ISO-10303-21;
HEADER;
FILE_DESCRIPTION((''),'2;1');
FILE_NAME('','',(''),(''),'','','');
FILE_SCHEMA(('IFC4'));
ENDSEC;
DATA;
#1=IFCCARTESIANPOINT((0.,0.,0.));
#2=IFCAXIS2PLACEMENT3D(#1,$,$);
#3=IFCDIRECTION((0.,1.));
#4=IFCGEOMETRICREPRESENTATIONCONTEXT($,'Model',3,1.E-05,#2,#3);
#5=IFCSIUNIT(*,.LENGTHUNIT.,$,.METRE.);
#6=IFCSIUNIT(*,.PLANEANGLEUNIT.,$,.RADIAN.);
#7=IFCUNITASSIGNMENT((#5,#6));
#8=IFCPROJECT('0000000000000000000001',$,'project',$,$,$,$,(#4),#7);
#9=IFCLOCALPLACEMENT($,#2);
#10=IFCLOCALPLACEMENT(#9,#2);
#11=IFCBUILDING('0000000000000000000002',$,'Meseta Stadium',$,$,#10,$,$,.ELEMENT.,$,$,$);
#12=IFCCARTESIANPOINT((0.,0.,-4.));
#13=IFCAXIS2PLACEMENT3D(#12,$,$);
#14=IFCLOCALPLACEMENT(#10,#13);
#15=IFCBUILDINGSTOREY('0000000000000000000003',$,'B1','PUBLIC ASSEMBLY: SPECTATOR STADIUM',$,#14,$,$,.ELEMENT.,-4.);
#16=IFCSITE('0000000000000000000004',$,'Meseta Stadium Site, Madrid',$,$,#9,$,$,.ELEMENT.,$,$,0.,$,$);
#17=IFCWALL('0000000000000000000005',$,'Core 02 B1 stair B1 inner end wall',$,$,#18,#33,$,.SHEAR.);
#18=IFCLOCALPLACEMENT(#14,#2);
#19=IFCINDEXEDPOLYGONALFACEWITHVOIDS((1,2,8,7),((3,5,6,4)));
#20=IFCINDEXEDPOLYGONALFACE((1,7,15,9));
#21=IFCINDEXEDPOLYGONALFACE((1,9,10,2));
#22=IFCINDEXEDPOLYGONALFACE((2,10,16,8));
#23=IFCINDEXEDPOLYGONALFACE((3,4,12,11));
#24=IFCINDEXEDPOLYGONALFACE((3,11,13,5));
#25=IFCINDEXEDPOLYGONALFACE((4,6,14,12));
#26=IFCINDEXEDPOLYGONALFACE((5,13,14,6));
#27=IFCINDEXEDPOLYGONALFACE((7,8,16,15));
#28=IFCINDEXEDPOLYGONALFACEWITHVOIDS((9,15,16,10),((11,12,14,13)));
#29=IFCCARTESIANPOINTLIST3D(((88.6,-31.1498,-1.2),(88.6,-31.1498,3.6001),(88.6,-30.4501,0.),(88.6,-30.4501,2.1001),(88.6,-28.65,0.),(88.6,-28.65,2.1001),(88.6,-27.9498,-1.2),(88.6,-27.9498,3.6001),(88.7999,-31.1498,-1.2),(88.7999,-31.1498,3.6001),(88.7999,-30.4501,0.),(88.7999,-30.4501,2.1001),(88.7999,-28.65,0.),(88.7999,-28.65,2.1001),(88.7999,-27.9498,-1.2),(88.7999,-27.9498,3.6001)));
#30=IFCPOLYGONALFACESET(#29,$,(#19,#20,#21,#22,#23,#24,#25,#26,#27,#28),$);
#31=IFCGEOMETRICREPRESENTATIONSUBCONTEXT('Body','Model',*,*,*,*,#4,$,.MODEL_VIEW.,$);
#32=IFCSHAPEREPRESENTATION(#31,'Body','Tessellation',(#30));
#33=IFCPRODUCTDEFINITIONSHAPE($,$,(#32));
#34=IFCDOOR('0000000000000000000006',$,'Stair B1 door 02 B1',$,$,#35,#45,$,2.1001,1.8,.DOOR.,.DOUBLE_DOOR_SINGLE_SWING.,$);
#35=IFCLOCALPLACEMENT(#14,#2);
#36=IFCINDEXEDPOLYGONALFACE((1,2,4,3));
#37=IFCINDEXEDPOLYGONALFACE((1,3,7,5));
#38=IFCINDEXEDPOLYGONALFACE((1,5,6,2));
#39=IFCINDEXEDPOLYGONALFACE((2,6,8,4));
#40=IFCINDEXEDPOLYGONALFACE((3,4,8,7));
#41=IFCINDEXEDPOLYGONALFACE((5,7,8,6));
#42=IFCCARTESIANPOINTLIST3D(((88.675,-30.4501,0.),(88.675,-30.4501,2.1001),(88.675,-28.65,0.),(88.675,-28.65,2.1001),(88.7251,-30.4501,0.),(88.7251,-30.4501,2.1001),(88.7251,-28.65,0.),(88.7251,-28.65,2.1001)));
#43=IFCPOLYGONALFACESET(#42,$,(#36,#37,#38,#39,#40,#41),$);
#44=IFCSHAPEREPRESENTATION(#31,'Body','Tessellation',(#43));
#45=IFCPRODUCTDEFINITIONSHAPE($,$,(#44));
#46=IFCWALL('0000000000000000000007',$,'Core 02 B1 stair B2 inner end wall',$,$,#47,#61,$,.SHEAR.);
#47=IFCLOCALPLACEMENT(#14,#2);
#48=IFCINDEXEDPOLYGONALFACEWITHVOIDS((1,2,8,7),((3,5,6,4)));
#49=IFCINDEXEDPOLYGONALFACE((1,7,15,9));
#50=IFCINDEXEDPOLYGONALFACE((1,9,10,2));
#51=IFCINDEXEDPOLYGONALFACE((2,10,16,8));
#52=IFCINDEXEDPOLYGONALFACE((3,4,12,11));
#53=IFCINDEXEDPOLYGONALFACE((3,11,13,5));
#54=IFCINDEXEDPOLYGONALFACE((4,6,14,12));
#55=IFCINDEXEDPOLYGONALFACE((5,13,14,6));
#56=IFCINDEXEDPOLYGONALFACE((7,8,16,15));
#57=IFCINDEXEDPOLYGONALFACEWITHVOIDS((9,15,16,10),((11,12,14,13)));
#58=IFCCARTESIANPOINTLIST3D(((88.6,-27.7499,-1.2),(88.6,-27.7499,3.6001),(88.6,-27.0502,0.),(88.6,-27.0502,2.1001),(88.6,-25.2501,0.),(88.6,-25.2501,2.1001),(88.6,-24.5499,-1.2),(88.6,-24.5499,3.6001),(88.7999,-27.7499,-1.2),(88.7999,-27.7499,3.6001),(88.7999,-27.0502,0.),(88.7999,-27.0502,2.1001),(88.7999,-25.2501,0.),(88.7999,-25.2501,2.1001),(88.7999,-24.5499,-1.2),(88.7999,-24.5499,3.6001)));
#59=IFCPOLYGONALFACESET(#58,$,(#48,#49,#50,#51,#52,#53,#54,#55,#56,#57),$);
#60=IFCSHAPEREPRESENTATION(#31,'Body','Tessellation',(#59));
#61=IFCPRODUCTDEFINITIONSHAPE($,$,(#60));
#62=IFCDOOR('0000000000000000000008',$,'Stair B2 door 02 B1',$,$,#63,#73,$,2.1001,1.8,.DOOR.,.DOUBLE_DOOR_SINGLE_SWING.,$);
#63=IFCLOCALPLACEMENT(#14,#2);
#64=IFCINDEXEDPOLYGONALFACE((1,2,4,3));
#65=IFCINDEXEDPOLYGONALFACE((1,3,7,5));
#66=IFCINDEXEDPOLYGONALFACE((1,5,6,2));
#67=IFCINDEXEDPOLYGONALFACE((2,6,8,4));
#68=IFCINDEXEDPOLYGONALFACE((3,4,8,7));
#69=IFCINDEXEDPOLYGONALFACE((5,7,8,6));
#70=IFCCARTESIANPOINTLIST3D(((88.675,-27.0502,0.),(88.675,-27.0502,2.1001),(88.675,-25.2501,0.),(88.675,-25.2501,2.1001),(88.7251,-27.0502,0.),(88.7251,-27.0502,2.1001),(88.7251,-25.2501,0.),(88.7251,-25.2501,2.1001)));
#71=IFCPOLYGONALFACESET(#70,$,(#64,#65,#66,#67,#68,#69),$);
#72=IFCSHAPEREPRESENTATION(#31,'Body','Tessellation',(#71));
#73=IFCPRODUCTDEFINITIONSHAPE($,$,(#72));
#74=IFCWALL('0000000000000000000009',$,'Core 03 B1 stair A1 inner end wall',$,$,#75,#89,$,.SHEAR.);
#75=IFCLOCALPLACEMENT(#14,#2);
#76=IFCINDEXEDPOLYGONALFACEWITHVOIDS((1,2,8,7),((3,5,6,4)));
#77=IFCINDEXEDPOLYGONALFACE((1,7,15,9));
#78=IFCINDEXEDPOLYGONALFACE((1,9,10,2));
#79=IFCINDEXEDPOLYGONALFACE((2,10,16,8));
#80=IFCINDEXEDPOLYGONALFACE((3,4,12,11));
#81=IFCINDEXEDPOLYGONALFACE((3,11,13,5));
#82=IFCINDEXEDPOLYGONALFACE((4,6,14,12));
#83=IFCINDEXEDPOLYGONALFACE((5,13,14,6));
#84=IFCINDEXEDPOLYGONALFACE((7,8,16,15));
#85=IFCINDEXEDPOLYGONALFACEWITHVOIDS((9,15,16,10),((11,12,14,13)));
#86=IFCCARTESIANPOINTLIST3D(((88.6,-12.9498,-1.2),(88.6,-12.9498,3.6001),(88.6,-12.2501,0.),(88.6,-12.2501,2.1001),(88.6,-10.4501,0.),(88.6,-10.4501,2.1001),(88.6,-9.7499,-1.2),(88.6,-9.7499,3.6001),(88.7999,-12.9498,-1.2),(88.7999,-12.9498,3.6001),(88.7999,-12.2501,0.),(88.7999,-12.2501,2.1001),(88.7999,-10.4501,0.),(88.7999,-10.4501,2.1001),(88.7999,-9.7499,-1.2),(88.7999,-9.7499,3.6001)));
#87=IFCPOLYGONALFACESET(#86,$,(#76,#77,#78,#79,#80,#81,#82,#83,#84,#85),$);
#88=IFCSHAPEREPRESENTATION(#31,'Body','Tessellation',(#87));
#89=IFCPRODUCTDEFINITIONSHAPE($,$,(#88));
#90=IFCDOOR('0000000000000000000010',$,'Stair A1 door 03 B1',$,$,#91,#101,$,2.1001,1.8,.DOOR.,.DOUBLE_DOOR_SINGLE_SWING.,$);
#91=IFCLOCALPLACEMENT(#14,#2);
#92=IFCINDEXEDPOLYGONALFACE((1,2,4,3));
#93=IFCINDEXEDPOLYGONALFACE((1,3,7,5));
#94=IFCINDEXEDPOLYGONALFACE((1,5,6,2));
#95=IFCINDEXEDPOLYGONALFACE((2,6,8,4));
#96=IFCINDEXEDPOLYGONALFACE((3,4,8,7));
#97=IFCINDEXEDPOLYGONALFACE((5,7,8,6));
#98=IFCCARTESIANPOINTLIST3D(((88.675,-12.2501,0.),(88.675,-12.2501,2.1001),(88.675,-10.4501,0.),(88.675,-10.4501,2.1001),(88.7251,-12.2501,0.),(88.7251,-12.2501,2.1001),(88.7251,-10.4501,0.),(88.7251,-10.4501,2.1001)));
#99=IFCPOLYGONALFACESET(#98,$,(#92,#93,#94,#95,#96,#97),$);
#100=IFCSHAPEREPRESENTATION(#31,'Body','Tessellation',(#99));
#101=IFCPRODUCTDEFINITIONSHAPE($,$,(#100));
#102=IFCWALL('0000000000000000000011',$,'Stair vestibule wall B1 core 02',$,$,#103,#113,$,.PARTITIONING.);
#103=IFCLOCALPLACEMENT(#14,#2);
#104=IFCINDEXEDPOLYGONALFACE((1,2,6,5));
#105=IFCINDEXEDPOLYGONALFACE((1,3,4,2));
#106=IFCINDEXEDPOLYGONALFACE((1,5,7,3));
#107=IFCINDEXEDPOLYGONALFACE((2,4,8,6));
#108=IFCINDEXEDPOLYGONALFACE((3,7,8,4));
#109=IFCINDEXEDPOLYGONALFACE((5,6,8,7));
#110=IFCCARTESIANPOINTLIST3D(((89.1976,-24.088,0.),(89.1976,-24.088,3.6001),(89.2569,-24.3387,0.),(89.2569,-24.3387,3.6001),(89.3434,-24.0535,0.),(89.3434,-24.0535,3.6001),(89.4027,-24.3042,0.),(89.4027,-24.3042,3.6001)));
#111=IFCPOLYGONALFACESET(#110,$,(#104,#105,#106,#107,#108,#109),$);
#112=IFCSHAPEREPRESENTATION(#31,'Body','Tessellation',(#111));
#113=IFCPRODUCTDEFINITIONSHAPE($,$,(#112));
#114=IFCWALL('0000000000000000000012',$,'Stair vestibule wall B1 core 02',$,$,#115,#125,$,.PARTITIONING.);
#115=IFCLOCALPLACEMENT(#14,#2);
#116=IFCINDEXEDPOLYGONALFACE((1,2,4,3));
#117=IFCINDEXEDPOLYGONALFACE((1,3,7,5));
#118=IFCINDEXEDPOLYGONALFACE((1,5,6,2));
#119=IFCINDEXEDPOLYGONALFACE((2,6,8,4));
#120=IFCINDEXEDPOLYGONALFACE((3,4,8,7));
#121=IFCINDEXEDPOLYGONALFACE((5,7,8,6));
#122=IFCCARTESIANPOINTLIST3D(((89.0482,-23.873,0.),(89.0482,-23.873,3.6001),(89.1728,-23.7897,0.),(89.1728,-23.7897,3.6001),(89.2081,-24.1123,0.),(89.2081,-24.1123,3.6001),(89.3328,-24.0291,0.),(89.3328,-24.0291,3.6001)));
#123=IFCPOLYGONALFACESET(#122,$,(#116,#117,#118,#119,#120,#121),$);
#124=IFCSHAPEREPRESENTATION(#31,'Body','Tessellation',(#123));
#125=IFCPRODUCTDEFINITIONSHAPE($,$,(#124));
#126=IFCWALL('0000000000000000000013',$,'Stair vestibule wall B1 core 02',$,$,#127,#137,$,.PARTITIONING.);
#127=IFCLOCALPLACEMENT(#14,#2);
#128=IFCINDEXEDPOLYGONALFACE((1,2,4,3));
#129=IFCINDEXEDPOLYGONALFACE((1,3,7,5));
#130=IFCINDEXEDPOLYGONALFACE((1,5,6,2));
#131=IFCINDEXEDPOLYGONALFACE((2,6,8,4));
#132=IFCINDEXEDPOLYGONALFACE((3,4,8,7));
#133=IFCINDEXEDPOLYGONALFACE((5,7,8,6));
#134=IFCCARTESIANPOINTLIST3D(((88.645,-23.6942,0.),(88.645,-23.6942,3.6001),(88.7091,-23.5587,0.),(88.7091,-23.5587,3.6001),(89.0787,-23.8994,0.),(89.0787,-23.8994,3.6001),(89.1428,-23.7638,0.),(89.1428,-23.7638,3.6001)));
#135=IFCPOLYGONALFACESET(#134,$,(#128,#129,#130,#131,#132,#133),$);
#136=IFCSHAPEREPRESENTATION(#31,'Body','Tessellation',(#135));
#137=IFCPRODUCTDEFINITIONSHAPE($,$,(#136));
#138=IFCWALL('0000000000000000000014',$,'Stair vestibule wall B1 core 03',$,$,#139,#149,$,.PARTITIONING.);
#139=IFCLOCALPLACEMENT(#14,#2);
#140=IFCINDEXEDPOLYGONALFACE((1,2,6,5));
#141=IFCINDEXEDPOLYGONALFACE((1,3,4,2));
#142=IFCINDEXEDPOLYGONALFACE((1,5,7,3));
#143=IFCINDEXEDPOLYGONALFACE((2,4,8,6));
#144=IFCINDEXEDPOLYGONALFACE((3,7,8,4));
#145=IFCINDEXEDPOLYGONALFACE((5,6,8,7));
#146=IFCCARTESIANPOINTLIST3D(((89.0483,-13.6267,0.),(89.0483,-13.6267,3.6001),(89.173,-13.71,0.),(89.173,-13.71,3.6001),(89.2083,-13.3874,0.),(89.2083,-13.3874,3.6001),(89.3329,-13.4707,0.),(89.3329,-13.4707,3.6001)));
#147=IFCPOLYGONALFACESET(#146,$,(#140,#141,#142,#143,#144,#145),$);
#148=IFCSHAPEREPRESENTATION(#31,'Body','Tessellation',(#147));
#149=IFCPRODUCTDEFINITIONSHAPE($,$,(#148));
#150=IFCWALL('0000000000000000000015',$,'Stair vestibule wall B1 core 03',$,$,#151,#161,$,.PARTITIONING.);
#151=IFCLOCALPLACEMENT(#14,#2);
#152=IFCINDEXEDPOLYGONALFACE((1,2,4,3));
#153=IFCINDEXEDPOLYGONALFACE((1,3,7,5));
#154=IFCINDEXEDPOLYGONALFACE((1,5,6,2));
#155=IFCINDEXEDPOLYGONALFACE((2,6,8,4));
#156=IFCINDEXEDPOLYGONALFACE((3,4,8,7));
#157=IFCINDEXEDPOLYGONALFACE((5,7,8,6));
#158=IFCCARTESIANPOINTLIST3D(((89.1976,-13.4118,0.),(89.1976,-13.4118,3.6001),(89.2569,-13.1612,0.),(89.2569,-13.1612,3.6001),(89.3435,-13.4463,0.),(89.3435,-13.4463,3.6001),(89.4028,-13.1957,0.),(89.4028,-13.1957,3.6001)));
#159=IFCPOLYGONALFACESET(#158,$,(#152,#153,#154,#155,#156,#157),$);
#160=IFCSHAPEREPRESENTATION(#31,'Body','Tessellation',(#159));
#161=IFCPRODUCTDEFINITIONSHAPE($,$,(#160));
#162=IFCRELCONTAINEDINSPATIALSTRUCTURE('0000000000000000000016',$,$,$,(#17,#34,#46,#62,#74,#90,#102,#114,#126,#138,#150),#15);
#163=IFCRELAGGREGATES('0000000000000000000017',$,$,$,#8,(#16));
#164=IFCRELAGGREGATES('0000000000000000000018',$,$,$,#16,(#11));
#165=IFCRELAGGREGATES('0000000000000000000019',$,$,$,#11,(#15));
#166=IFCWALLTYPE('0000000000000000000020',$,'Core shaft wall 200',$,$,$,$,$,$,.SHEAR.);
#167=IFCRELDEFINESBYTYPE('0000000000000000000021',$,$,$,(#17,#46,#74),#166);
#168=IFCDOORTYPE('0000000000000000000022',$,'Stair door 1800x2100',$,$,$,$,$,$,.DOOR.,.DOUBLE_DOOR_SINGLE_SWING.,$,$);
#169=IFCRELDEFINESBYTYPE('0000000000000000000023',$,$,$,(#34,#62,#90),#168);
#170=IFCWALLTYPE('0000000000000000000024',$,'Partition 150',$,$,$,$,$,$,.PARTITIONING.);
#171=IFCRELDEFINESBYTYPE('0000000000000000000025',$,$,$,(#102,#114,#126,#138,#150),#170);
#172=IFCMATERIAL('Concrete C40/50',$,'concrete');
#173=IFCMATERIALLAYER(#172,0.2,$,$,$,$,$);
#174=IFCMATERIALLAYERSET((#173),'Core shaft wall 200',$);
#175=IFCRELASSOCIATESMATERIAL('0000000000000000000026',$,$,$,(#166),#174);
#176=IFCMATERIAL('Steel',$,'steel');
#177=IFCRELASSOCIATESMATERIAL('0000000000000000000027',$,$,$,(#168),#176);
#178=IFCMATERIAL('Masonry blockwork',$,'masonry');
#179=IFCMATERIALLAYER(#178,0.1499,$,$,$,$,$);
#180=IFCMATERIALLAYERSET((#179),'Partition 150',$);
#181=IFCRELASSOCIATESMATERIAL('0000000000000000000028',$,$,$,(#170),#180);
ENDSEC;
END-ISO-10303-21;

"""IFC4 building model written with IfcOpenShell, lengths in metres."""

from ifc_helpers import new_model, si_unit, direction, frame, frame_2d, origin, place, context, subcontext, project, spatial, rectangle, extrude, material, layer, layer_set, type_object, element, fill, save


model = new_model("IFC4")

# Units and contexts
model_context = context("Model", 3, precision=1e-05, world=origin(), true_north=direction((0.0, 1.0)))
body_context = subcontext(model_context, "Body", "Model", "MODEL_VIEW")
ifc_project = project(units=[si_unit("LENGTHUNIT", "METRE"), si_unit("PLANEANGLEUNIT", "RADIAN")], contexts=[model_context])

# Site, building, storey
site_placement = place(None, origin())
site = spatial("IfcSite", under=ifc_project, at=site_placement, Name="Meseta Stadium Site, Madrid", CompositionType="ELEMENT", RefElevation=0.0)
building_placement = place(site_placement, origin())
building = spatial("IfcBuilding", under=site, at=building_placement, Name="Meseta Stadium", CompositionType="ELEMENT")
storey_placement = place(building_placement, frame((0.0, 0.0, -4.0)))
storey = spatial("IfcBuildingStorey", under=building, at=storey_placement, Name="B1", Description="PUBLIC ASSEMBLY: SPECTATOR STADIUM", CompositionType="ELEMENT", Elevation=-4.0)

# Walls, openings, doors
ifc_material_1 = material(Name="Concrete C40/50", Category="concrete")
ifc_layer_1 = layer(ifc_material_1, 0.2)
ifc_layer_set_1 = layer_set([ifc_layer_1], Name="Core shaft wall 200")
wall_type_1 = type_object("IfcWallType", Name="Core shaft wall 200", PredefinedType="SHEAR", material=ifc_layer_set_1)
wall_1_placement = place(storey_placement, frame((88.7, -31.1499, -1.2), z_axis=(0.0, 0.0, 1.0), x_axis=(0.0, 1.0, 0.0)))
wall_1 = element("IfcWall", 1, at=wall_1_placement, inside=storey, type_object=wall_type_1, Name="Core 02 B1 stair B1 inner end wall", PredefinedType="SHEAR", context=body_context, shape_type="SweptSolid", body=[
    extrude(rectangle(XDim=3.2, YDim=0.2, at=frame_2d((1.6001, 0.0))), origin(), (0.0, 0.0, 1.0), 4.8),
])
opening_1_placement = place(wall_1_placement, frame((0.7, 0.0, 1.2)))
opening_1 = element("IfcOpeningElement", 2, at=opening_1_placement, cuts=wall_1, PredefinedType="OPENING", context=body_context, shape_type="SweptSolid", body=[
    extrude(rectangle(XDim=1.8, YDim=2.1001, at=frame_2d((0.8999, 1.05))), frame((0.0, 0.1099, 0.0), z_axis=(0.0, -1.0, 0.0), x_axis=(1.0, 0.0, 0.0)), (0.0, 0.0, 1.0), 0.22),
])
ifc_material_2 = material(Name="Steel", Category="steel")
door_type = type_object("IfcDoorType", Name="Stair door 1800x2100", OperationType="DOUBLE_DOOR_SINGLE_SWING", PredefinedType="DOOR", material=ifc_material_2)
door_1_placement = place(opening_1_placement, origin())
door_1 = element("IfcDoor", 3, at=door_1_placement, inside=storey, type_object=door_type, Name="Stair B1 door 02 B1", OperationType="DOUBLE_DOOR_SINGLE_SWING", OverallHeight=2.1001, OverallWidth=1.8, PredefinedType="DOOR", context=body_context, shape_type="SweptSolid", body=[
    extrude(rectangle(XDim=1.8, YDim=2.1001, at=frame_2d((0.8999, 1.05))), frame((0.0, 0.0249, 0.0), z_axis=(0.0, -1.0, 0.0), x_axis=(1.0, 0.0, 0.0)), (0.0, 0.0, 1.0), 0.05),
])
fill(opening_1, door_1)
wall_2_placement = place(storey_placement, frame((88.7, -27.75, -1.2), z_axis=(0.0, 0.0, 1.0), x_axis=(0.0, 1.0, 0.0)))
wall_2 = element("IfcWall", 4, at=wall_2_placement, inside=storey, type_object=wall_type_1, Name="Core 02 B1 stair B2 inner end wall", PredefinedType="SHEAR", context=body_context, shape_type="SweptSolid", body=[
    extrude(rectangle(XDim=3.2, YDim=0.2, at=frame_2d((1.6001, 0.0))), origin(), (0.0, 0.0, 1.0), 4.8),
])
opening_2_placement = place(wall_2_placement, frame((0.7, 0.0, 1.2)))
opening_2 = element("IfcOpeningElement", 5, at=opening_2_placement, cuts=wall_2, PredefinedType="OPENING", context=body_context, shape_type="SweptSolid", body=[
    extrude(rectangle(XDim=1.8, YDim=2.1001, at=frame_2d((0.8999, 1.05))), frame((0.0, 0.1099, 0.0), z_axis=(0.0, -1.0, 0.0), x_axis=(1.0, 0.0, 0.0)), (0.0, 0.0, 1.0), 0.22),
])
door_2_placement = place(opening_2_placement, origin())
door_2 = element("IfcDoor", 6, at=door_2_placement, inside=storey, type_object=door_type, Name="Stair B2 door 02 B1", OperationType="DOUBLE_DOOR_SINGLE_SWING", OverallHeight=2.1001, OverallWidth=1.8, PredefinedType="DOOR", context=body_context, shape_type="SweptSolid", body=[
    extrude(rectangle(XDim=1.8, YDim=2.1001, at=frame_2d((0.8999, 1.05))), frame((0.0, 0.0249, 0.0), z_axis=(0.0, -1.0, 0.0), x_axis=(1.0, 0.0, 0.0)), (0.0, 0.0, 1.0), 0.05),
])
fill(opening_2, door_2)
wall_3_placement = place(storey_placement, frame((88.7, -12.95, -1.2), z_axis=(0.0, 0.0, 1.0), x_axis=(0.0, 1.0, 0.0)))
wall_3 = element("IfcWall", 7, at=wall_3_placement, inside=storey, type_object=wall_type_1, Name="Core 03 B1 stair A1 inner end wall", PredefinedType="SHEAR", context=body_context, shape_type="SweptSolid", body=[
    extrude(rectangle(XDim=3.2, YDim=0.2, at=frame_2d((1.6001, 0.0))), origin(), (0.0, 0.0, 1.0), 4.8),
])
opening_3_placement = place(wall_3_placement, frame((0.7, 0.0, 1.2)))
opening_3 = element("IfcOpeningElement", 8, at=opening_3_placement, cuts=wall_3, PredefinedType="OPENING", context=body_context, shape_type="SweptSolid", body=[
    extrude(rectangle(XDim=1.8, YDim=2.1001, at=frame_2d((0.8999, 1.05))), frame((0.0, 0.1099, 0.0), z_axis=(0.0, -1.0, 0.0), x_axis=(1.0, 0.0, 0.0)), (0.0, 0.0, 1.0), 0.22),
])
door_3_placement = place(opening_3_placement, origin())
door_3 = element("IfcDoor", 9, at=door_3_placement, inside=storey, type_object=door_type, Name="Stair A1 door 03 B1", OperationType="DOUBLE_DOOR_SINGLE_SWING", OverallHeight=2.1001, OverallWidth=1.8, PredefinedType="DOOR", context=body_context, shape_type="SweptSolid", body=[
    extrude(rectangle(XDim=1.8, YDim=2.1001, at=frame_2d((0.8999, 1.05))), frame((0.0, 0.0249, 0.0), z_axis=(0.0, -1.0, 0.0), x_axis=(1.0, 0.0, 0.0)), (0.0, 0.0, 1.0), 0.05),
])
fill(opening_3, door_3)

# Walls
ifc_material_3 = material(Name="Masonry blockwork", Category="masonry")
ifc_layer_2 = layer(ifc_material_3, 0.1499)
ifc_layer_set_2 = layer_set([ifc_layer_2], Name="Partition 150")
wall_type_2 = type_object("IfcWallType", Name="Partition 150", PredefinedType="PARTITIONING", material=ifc_layer_set_2)
wall_4_placement = place(storey_placement, frame((89.3298, -24.3215, 0.0), z_axis=(0.0, 0.0, 1.0), x_axis=(-0.230254, 0.973131, 0.0)))
element("IfcWall", 10, at=wall_4_placement, inside=storey, type_object=wall_type_2, Name="Stair vestibule wall B1 core 02", PredefinedType="PARTITIONING", context=body_context, shape_type="SweptSolid", body=[
    extrude(rectangle(XDim=0.2576, YDim=0.1499, at=frame_2d((0.1289, 0.0))), origin(), (0.0, 0.0, 1.0), 3.6001),
])
wall_5_placement = place(storey_placement, frame((89.2705, -24.0708, 0.0), z_axis=(0.0, 0.0, 1.0), x_axis=(-0.555679, 0.831397, 0.0)))
element("IfcWall", 11, at=wall_5_placement, inside=storey, type_object=wall_type_2, Name="Stair vestibule wall B1 core 02", PredefinedType="PARTITIONING", context=body_context, shape_type="SweptSolid", body=[
    extrude(rectangle(XDim=0.2878, YDim=0.1499, at=frame_2d((0.144, 0.0))), origin(), (0.0, 0.0, 1.0), 3.6001),
])
wall_6_placement = place(storey_placement, frame((89.1106, -23.8315, 0.0), z_axis=(0.0, 0.0, 1.0), x_axis=(-0.903986, 0.427561, 0.0)))
element("IfcWall", 12, at=wall_6_placement, inside=storey, type_object=wall_type_2, Name="Stair vestibule wall B1 core 02", PredefinedType="PARTITIONING", context=body_context, shape_type="SweptSolid", body=[
    extrude(rectangle(XDim=0.4797, YDim=0.1499, at=frame_2d((0.2397, 0.0))), origin(), (0.0, 0.0, 1.0), 3.6001),
])
wall_7_placement = place(storey_placement, frame((89.1106, -13.6685, 0.0), z_axis=(0.0, 0.0, 1.0), x_axis=(0.555679, 0.831397, 0.0)))
element("IfcWall", 13, at=wall_7_placement, inside=storey, type_object=wall_type_2, Name="Stair vestibule wall B1 core 03", PredefinedType="PARTITIONING", context=body_context, shape_type="SweptSolid", body=[
    extrude(rectangle(XDim=0.2878, YDim=0.1499, at=frame_2d((0.144, 0.0))), origin(), (0.0, 0.0, 1.0), 3.6001),
])
wall_8_placement = place(storey_placement, frame((89.2705, -13.4292, 0.0), z_axis=(0.0, 0.0, 1.0), x_axis=(0.230254, 0.973131, 0.0)))
element("IfcWall", 14, at=wall_8_placement, inside=storey, type_object=wall_type_2, Name="Stair vestibule wall B1 core 03", PredefinedType="PARTITIONING", context=body_context, shape_type="SweptSolid", body=[
    extrude(rectangle(XDim=0.2576, YDim=0.1499, at=frame_2d((0.1289, 0.0))), origin(), (0.0, 0.0, 1.0), 3.6001),
])

save(model, "model.ifc")
